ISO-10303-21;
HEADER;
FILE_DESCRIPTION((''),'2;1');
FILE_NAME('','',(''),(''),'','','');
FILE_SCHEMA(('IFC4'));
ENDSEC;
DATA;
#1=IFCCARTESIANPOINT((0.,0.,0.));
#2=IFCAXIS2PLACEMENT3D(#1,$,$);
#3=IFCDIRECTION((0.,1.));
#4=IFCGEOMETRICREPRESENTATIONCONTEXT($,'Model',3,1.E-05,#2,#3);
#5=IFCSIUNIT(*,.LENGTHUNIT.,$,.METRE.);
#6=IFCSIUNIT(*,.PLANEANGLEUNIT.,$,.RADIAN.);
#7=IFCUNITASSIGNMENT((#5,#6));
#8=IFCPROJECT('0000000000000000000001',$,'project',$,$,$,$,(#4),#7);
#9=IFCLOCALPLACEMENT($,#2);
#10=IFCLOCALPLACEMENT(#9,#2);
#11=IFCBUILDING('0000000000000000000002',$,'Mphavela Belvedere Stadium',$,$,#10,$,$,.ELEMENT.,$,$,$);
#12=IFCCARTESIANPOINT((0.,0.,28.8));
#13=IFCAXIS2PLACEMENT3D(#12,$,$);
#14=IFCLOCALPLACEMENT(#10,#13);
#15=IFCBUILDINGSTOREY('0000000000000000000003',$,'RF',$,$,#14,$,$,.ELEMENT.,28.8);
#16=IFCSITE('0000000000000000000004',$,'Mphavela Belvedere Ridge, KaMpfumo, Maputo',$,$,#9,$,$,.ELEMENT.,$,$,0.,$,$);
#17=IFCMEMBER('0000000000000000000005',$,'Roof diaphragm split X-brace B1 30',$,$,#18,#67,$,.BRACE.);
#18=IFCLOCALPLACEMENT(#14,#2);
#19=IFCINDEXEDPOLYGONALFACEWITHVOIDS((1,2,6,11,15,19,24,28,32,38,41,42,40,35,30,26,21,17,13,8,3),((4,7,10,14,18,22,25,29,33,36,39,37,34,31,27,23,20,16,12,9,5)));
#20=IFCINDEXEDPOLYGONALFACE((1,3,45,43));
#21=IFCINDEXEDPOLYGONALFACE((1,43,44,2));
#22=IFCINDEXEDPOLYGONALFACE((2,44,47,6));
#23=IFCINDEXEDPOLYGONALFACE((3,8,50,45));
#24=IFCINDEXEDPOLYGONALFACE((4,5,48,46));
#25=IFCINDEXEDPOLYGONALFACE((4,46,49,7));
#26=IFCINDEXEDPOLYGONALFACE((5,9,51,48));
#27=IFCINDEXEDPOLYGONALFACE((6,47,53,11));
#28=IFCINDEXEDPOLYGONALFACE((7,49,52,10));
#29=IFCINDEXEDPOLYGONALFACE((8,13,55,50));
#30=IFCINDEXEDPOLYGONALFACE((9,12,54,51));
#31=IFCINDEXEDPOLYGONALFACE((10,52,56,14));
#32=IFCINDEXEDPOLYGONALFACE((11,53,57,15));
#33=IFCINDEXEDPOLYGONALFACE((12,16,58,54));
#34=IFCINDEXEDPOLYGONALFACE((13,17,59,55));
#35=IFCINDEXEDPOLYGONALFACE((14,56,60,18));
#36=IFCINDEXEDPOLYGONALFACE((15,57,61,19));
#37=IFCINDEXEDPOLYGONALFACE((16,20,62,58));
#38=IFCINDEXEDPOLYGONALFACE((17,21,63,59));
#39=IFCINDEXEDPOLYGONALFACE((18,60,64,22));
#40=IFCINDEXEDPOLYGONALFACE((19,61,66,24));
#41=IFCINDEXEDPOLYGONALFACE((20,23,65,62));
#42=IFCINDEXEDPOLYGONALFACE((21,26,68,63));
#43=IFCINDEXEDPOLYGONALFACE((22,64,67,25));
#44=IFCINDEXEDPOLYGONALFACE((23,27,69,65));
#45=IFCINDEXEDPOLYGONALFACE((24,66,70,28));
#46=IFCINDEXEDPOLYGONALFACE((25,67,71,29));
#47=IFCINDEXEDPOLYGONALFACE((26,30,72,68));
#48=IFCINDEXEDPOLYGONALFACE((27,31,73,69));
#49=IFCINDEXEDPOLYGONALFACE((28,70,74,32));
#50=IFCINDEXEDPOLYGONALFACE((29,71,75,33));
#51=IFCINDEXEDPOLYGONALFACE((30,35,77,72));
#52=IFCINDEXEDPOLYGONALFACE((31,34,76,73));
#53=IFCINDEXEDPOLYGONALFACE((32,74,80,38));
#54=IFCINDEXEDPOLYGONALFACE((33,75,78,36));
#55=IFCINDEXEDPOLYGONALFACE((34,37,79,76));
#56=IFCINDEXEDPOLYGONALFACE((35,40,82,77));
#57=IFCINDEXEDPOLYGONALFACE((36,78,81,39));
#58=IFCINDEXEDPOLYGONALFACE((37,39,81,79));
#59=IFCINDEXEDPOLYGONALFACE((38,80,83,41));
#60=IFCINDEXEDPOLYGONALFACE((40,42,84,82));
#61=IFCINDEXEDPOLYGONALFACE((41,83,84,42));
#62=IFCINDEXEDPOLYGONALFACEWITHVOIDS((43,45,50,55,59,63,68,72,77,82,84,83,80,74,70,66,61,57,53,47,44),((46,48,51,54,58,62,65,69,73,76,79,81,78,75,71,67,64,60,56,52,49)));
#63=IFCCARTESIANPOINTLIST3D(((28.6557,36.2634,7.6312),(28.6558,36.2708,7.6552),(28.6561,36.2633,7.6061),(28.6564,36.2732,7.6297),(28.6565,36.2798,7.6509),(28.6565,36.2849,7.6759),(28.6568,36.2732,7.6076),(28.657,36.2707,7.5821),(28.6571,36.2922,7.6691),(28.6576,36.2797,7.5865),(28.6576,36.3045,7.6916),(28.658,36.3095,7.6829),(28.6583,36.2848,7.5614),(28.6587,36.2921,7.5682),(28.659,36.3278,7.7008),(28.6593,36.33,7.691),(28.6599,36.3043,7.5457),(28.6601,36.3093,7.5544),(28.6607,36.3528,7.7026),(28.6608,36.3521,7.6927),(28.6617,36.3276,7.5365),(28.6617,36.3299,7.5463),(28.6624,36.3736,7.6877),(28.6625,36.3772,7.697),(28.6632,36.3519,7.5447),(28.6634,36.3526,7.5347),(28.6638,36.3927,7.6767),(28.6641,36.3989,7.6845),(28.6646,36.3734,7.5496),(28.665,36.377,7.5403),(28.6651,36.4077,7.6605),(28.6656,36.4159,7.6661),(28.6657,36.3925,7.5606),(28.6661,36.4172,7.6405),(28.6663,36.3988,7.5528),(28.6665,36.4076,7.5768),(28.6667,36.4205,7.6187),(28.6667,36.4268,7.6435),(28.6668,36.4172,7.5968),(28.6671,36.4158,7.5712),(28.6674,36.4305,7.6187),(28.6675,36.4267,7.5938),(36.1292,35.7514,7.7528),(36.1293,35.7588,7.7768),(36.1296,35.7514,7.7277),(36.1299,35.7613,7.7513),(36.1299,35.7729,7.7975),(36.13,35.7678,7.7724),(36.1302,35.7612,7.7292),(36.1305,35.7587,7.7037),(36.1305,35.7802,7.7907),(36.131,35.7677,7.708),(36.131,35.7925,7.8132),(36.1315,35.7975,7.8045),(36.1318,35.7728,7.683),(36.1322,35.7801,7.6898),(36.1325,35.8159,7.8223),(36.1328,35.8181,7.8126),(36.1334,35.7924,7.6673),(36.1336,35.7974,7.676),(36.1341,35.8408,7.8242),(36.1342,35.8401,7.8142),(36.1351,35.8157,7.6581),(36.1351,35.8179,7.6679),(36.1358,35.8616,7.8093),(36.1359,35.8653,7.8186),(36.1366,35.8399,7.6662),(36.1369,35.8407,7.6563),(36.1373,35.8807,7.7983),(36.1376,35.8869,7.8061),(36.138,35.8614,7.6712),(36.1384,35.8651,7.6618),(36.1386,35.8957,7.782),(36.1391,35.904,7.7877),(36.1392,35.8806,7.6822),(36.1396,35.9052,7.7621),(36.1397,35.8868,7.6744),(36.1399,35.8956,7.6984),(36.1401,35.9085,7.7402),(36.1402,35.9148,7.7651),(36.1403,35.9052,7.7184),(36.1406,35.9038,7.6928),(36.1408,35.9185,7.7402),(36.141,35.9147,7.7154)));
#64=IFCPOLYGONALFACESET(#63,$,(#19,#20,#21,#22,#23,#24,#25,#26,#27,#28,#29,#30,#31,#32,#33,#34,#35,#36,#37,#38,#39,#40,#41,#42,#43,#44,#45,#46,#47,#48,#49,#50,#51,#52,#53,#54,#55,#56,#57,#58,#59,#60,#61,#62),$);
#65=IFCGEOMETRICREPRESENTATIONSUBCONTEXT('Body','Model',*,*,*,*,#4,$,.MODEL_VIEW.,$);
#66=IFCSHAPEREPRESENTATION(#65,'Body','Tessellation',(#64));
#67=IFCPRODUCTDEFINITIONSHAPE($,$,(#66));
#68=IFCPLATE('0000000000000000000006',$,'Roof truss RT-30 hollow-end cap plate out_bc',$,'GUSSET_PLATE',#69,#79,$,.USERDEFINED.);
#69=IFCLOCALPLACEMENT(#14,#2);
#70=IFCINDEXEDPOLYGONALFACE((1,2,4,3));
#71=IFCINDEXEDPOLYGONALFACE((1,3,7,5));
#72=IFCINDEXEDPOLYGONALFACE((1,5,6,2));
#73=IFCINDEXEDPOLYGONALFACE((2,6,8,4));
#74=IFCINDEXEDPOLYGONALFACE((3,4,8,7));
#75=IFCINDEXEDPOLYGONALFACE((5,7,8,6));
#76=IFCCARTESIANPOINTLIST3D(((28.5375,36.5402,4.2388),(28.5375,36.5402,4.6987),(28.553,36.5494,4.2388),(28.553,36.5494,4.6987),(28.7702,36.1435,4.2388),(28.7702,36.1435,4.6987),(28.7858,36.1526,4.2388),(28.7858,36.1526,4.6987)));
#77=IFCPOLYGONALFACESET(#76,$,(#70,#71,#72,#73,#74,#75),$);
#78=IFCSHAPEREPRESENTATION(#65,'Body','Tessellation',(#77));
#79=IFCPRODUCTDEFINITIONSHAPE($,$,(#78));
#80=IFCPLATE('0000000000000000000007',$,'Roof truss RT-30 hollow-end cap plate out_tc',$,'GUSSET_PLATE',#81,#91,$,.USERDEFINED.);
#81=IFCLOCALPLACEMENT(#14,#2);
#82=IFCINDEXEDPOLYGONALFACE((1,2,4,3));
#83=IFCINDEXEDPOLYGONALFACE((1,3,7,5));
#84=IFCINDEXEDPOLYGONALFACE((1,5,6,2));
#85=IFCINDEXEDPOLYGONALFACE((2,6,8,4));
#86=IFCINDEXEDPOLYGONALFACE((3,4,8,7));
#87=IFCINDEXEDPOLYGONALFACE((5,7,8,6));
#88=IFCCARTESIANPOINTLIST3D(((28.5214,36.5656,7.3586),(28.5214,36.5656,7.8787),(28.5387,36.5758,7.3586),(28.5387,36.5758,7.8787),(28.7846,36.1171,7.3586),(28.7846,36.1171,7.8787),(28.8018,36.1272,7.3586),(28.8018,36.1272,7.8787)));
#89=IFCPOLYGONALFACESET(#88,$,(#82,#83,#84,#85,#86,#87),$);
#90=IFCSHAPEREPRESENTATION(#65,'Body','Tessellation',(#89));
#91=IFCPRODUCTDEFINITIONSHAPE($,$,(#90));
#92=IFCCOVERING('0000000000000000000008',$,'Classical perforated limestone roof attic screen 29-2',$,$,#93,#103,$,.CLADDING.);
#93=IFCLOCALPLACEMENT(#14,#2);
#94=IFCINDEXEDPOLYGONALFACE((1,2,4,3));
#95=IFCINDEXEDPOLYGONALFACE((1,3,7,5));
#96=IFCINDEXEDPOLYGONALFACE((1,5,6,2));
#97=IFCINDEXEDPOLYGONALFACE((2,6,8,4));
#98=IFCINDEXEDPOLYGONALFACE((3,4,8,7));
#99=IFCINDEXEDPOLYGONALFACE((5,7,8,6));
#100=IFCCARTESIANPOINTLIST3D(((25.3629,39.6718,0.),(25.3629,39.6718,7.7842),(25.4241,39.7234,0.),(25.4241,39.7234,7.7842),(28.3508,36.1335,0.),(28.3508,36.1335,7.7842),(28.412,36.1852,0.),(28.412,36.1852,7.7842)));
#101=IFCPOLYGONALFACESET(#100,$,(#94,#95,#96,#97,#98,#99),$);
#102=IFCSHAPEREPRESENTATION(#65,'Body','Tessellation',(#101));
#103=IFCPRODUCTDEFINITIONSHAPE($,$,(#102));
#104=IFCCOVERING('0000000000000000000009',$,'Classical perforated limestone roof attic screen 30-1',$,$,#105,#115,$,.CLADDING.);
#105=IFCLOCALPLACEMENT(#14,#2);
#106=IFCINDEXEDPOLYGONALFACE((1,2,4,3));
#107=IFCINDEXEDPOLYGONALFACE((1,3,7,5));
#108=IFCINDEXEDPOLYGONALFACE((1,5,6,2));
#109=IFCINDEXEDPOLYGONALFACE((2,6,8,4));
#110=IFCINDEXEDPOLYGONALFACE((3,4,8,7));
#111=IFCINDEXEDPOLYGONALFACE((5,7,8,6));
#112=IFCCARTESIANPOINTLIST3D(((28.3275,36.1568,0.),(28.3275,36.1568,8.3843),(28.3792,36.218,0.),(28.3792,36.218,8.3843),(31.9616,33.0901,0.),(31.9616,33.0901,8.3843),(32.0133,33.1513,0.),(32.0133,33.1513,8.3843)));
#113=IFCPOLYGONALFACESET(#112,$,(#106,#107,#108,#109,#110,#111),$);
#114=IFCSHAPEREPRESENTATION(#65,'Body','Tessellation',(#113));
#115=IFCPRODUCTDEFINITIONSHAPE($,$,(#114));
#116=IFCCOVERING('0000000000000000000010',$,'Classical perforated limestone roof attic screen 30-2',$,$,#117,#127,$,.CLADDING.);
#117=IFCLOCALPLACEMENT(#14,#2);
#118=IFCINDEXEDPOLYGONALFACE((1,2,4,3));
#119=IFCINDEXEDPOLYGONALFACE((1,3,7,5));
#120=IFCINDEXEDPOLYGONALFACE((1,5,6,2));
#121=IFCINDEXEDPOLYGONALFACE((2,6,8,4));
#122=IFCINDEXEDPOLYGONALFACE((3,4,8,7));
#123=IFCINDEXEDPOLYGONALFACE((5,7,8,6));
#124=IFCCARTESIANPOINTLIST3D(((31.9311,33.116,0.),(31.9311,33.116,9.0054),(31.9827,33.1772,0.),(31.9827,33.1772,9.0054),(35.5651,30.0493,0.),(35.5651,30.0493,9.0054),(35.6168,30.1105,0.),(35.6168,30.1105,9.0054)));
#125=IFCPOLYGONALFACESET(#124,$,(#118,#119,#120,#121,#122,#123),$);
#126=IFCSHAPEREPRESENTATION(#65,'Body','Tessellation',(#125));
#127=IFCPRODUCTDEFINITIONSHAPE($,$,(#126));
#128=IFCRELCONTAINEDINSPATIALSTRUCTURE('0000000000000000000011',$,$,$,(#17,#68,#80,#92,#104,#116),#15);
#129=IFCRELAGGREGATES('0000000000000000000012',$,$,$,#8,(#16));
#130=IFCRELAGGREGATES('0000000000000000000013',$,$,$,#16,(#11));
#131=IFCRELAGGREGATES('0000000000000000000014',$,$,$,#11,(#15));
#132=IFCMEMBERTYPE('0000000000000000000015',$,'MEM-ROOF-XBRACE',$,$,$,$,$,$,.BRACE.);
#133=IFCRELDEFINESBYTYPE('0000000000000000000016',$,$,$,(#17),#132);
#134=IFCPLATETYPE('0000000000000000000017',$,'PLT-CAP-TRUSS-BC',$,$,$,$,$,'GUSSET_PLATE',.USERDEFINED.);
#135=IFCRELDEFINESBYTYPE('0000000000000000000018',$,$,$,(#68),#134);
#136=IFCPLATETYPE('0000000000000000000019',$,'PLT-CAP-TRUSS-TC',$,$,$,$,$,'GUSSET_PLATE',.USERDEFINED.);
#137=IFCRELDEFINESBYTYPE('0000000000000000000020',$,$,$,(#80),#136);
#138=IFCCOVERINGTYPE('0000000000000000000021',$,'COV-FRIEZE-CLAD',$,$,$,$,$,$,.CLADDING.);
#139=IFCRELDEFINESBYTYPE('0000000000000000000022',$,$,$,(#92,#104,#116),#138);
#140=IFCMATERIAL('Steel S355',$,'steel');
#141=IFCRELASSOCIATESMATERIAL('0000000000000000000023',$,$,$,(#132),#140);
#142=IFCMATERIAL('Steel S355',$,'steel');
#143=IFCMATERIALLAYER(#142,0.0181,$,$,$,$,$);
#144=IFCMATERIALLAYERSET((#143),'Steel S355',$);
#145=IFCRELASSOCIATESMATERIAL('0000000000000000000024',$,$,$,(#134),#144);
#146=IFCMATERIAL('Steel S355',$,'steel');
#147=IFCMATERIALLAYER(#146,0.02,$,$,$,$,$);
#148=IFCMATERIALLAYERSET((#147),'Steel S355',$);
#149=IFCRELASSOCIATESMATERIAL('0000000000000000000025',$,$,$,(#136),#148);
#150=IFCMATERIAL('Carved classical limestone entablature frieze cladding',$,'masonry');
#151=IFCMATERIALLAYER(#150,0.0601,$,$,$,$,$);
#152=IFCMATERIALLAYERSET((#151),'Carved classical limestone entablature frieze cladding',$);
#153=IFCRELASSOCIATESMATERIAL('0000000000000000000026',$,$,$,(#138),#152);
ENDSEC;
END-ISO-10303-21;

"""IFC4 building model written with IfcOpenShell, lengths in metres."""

from ifc_helpers import new_model, si_unit, direction, frame, origin, origin_2d, place, context, subcontext, project, spatial, rectangle, hollow_circle, extrude, material, layer, layer_set, material_profile, profile_set, type_object, element, save


model = new_model("IFC4")

# Units and contexts
model_context = context("Model", 3, precision=1e-05, world=origin(), true_north=direction((0.0, 1.0)))
body_context = subcontext(model_context, "Body", "Model", "MODEL_VIEW")
ifc_project = project(units=[si_unit("LENGTHUNIT", "METRE"), si_unit("PLANEANGLEUNIT", "RADIAN")], contexts=[model_context])

# Site, building, storey
site_placement = place(None, origin())
site = spatial("IfcSite", under=ifc_project, at=site_placement, Name="Mphavela Belvedere Ridge, KaMpfumo, Maputo", CompositionType="ELEMENT", RefElevation=0.0)
building_placement = place(site_placement, origin())
building = spatial("IfcBuilding", under=site, at=building_placement, Name="Mphavela Belvedere Stadium", CompositionType="ELEMENT")
storey_placement = place(building_placement, frame((0.0, 0.0, 28.8)))
storey = spatial("IfcBuildingStorey", under=building, at=storey_placement, Name="RF", CompositionType="ELEMENT", Elevation=28.8)

# Member
ifc_material_1 = material(Name="Steel S355", Category="steel")
ifc_material_profile_1 = material_profile(ifc_material_1, hollow_circle(Radius=0.0842, WallThickness=0.01, at=origin_2d()), Name="CHS 168.3x10")
ifc_profile_set_1 = profile_set([ifc_material_profile_1], Name="Steel S355")
member_type_1 = type_object("IfcMemberType", Name="MEM-ROOF-XBRACE", PredefinedType="BRACE", material=ifc_profile_set_1)
member_1_placement = place(storey_placement, frame((28.6616, 36.3464, 7.6187), z_axis=(0.99753, -0.068336, 0.016228), x_axis=(0.068345, 0.997662, 0.0)))
element("IfcMember", 1, at=member_1_placement, inside=storey, type_object=member_type_1, Name="Roof diaphragm split X-brace B1 30", PredefinedType="BRACE", context=body_context, shape_type="SweptSolid", body=[
    extrude(hollow_circle(Radius=0.0842, WallThickness=0.01, at=origin_2d()), origin(), (0.0, 0.0, 1.0), 7.4919),
])

# Plates
ifc_material_2 = material(Name="Steel S355", Category="steel")
ifc_layer_1 = layer(ifc_material_2, 0.0181)
ifc_layer_set_1 = layer_set([ifc_layer_1], Name="Steel S355")
plate_type_1 = type_object("IfcPlateType", Name="PLT-CAP-TRUSS-BC", ElementType="GUSSET_PLATE", PredefinedType="USERDEFINED", material=ifc_layer_set_1)
plate_1_placement = place(storey_placement, frame((28.6616, 36.3464, 4.2388), z_axis=(0.0, 0.0, 1.0), x_axis=(-0.862514, -0.506034, 0.0)))
element("IfcPlate", 2, at=plate_1_placement, inside=storey, type_object=plate_type_1, Name="Roof truss RT-30 hollow-end cap plate out_bc", ObjectType="GUSSET_PLATE", PredefinedType="USERDEFINED", context=body_context, shape_type="SweptSolid", body=[
    extrude(rectangle(XDim=0.0181, YDim=0.46, at=origin_2d()), origin(), (0.0, 0.0, 1.0), 0.46),
])
ifc_material_3 = material(Name="Steel S355", Category="steel")
ifc_layer_2 = layer(ifc_material_3, 0.02)
ifc_layer_set_2 = layer_set([ifc_layer_2], Name="Steel S355")
plate_type_2 = type_object("IfcPlateType", Name="PLT-CAP-TRUSS-TC", ElementType="GUSSET_PLATE", PredefinedType="USERDEFINED", material=ifc_layer_set_2)
plate_2_placement = place(storey_placement, frame((28.6616, 36.3464, 7.3586), z_axis=(0.0, 0.0, 1.0), x_axis=(-0.862514, -0.506034, 0.0)))
element("IfcPlate", 3, at=plate_2_placement, inside=storey, type_object=plate_type_2, Name="Roof truss RT-30 hollow-end cap plate out_tc", ObjectType="GUSSET_PLATE", PredefinedType="USERDEFINED", context=body_context, shape_type="SweptSolid", body=[
    extrude(rectangle(XDim=0.02, YDim=0.52, at=origin_2d()), origin(), (0.0, 0.0, 1.0), 0.52),
])

# Coverings
ifc_material_4 = material(Name="Carved classical limestone entablature frieze cladding", Category="masonry")
ifc_layer_3 = layer(ifc_material_4, 0.0601)
ifc_layer_set_3 = layer_set([ifc_layer_3], Name="Carved classical limestone entablature frieze cladding")
covering_type = type_object("IfcCoveringType", Name="COV-FRIEZE-CLAD", PredefinedType="CLADDING", material=ifc_layer_set_3)
covering_1_placement = place(storey_placement, frame((26.8875, 37.9285, 0.0), z_axis=(0.0, 0.0, 1.0), x_axis=(0.645191, -0.764021, 0.0)))
element("IfcCovering", 4, at=covering_1_placement, inside=storey, type_object=covering_type, Name="Classical perforated limestone roof attic screen 29-2", PredefinedType="CLADDING", context=body_context, shape_type="SweptSolid", body=[
    extrude(rectangle(XDim=4.6311, YDim=0.0801, at=origin_2d()), origin(), (0.0, 0.0, 1.0), 7.7842),
])
covering_2_placement = place(storey_placement, frame((30.1704, 34.6541, 0.0), z_axis=(0.0, 0.0, 1.0), x_axis=(0.764246, -0.644924, 0.0)))
element("IfcCovering", 5, at=covering_2_placement, inside=storey, type_object=covering_type, Name="Classical perforated limestone roof attic screen 30-1", PredefinedType="CLADDING", context=body_context, shape_type="SweptSolid", body=[
    extrude(rectangle(XDim=4.7551, YDim=0.0801, at=origin_2d()), origin(), (0.0, 0.0, 1.0), 8.3843),
])
covering_3_placement = place(storey_placement, frame((33.7739, 31.6133, 0.0), z_axis=(0.0, 0.0, 1.0), x_axis=(0.764246, -0.644924, 0.0)))
element("IfcCovering", 6, at=covering_3_placement, inside=storey, type_object=covering_type, Name="Classical perforated limestone roof attic screen 30-2", PredefinedType="CLADDING", context=body_context, shape_type="SweptSolid", body=[
    extrude(rectangle(XDim=4.7551, YDim=0.0801, at=origin_2d()), origin(), (0.0, 0.0, 1.0), 9.0054),
])

save(model, "model.ifc")
